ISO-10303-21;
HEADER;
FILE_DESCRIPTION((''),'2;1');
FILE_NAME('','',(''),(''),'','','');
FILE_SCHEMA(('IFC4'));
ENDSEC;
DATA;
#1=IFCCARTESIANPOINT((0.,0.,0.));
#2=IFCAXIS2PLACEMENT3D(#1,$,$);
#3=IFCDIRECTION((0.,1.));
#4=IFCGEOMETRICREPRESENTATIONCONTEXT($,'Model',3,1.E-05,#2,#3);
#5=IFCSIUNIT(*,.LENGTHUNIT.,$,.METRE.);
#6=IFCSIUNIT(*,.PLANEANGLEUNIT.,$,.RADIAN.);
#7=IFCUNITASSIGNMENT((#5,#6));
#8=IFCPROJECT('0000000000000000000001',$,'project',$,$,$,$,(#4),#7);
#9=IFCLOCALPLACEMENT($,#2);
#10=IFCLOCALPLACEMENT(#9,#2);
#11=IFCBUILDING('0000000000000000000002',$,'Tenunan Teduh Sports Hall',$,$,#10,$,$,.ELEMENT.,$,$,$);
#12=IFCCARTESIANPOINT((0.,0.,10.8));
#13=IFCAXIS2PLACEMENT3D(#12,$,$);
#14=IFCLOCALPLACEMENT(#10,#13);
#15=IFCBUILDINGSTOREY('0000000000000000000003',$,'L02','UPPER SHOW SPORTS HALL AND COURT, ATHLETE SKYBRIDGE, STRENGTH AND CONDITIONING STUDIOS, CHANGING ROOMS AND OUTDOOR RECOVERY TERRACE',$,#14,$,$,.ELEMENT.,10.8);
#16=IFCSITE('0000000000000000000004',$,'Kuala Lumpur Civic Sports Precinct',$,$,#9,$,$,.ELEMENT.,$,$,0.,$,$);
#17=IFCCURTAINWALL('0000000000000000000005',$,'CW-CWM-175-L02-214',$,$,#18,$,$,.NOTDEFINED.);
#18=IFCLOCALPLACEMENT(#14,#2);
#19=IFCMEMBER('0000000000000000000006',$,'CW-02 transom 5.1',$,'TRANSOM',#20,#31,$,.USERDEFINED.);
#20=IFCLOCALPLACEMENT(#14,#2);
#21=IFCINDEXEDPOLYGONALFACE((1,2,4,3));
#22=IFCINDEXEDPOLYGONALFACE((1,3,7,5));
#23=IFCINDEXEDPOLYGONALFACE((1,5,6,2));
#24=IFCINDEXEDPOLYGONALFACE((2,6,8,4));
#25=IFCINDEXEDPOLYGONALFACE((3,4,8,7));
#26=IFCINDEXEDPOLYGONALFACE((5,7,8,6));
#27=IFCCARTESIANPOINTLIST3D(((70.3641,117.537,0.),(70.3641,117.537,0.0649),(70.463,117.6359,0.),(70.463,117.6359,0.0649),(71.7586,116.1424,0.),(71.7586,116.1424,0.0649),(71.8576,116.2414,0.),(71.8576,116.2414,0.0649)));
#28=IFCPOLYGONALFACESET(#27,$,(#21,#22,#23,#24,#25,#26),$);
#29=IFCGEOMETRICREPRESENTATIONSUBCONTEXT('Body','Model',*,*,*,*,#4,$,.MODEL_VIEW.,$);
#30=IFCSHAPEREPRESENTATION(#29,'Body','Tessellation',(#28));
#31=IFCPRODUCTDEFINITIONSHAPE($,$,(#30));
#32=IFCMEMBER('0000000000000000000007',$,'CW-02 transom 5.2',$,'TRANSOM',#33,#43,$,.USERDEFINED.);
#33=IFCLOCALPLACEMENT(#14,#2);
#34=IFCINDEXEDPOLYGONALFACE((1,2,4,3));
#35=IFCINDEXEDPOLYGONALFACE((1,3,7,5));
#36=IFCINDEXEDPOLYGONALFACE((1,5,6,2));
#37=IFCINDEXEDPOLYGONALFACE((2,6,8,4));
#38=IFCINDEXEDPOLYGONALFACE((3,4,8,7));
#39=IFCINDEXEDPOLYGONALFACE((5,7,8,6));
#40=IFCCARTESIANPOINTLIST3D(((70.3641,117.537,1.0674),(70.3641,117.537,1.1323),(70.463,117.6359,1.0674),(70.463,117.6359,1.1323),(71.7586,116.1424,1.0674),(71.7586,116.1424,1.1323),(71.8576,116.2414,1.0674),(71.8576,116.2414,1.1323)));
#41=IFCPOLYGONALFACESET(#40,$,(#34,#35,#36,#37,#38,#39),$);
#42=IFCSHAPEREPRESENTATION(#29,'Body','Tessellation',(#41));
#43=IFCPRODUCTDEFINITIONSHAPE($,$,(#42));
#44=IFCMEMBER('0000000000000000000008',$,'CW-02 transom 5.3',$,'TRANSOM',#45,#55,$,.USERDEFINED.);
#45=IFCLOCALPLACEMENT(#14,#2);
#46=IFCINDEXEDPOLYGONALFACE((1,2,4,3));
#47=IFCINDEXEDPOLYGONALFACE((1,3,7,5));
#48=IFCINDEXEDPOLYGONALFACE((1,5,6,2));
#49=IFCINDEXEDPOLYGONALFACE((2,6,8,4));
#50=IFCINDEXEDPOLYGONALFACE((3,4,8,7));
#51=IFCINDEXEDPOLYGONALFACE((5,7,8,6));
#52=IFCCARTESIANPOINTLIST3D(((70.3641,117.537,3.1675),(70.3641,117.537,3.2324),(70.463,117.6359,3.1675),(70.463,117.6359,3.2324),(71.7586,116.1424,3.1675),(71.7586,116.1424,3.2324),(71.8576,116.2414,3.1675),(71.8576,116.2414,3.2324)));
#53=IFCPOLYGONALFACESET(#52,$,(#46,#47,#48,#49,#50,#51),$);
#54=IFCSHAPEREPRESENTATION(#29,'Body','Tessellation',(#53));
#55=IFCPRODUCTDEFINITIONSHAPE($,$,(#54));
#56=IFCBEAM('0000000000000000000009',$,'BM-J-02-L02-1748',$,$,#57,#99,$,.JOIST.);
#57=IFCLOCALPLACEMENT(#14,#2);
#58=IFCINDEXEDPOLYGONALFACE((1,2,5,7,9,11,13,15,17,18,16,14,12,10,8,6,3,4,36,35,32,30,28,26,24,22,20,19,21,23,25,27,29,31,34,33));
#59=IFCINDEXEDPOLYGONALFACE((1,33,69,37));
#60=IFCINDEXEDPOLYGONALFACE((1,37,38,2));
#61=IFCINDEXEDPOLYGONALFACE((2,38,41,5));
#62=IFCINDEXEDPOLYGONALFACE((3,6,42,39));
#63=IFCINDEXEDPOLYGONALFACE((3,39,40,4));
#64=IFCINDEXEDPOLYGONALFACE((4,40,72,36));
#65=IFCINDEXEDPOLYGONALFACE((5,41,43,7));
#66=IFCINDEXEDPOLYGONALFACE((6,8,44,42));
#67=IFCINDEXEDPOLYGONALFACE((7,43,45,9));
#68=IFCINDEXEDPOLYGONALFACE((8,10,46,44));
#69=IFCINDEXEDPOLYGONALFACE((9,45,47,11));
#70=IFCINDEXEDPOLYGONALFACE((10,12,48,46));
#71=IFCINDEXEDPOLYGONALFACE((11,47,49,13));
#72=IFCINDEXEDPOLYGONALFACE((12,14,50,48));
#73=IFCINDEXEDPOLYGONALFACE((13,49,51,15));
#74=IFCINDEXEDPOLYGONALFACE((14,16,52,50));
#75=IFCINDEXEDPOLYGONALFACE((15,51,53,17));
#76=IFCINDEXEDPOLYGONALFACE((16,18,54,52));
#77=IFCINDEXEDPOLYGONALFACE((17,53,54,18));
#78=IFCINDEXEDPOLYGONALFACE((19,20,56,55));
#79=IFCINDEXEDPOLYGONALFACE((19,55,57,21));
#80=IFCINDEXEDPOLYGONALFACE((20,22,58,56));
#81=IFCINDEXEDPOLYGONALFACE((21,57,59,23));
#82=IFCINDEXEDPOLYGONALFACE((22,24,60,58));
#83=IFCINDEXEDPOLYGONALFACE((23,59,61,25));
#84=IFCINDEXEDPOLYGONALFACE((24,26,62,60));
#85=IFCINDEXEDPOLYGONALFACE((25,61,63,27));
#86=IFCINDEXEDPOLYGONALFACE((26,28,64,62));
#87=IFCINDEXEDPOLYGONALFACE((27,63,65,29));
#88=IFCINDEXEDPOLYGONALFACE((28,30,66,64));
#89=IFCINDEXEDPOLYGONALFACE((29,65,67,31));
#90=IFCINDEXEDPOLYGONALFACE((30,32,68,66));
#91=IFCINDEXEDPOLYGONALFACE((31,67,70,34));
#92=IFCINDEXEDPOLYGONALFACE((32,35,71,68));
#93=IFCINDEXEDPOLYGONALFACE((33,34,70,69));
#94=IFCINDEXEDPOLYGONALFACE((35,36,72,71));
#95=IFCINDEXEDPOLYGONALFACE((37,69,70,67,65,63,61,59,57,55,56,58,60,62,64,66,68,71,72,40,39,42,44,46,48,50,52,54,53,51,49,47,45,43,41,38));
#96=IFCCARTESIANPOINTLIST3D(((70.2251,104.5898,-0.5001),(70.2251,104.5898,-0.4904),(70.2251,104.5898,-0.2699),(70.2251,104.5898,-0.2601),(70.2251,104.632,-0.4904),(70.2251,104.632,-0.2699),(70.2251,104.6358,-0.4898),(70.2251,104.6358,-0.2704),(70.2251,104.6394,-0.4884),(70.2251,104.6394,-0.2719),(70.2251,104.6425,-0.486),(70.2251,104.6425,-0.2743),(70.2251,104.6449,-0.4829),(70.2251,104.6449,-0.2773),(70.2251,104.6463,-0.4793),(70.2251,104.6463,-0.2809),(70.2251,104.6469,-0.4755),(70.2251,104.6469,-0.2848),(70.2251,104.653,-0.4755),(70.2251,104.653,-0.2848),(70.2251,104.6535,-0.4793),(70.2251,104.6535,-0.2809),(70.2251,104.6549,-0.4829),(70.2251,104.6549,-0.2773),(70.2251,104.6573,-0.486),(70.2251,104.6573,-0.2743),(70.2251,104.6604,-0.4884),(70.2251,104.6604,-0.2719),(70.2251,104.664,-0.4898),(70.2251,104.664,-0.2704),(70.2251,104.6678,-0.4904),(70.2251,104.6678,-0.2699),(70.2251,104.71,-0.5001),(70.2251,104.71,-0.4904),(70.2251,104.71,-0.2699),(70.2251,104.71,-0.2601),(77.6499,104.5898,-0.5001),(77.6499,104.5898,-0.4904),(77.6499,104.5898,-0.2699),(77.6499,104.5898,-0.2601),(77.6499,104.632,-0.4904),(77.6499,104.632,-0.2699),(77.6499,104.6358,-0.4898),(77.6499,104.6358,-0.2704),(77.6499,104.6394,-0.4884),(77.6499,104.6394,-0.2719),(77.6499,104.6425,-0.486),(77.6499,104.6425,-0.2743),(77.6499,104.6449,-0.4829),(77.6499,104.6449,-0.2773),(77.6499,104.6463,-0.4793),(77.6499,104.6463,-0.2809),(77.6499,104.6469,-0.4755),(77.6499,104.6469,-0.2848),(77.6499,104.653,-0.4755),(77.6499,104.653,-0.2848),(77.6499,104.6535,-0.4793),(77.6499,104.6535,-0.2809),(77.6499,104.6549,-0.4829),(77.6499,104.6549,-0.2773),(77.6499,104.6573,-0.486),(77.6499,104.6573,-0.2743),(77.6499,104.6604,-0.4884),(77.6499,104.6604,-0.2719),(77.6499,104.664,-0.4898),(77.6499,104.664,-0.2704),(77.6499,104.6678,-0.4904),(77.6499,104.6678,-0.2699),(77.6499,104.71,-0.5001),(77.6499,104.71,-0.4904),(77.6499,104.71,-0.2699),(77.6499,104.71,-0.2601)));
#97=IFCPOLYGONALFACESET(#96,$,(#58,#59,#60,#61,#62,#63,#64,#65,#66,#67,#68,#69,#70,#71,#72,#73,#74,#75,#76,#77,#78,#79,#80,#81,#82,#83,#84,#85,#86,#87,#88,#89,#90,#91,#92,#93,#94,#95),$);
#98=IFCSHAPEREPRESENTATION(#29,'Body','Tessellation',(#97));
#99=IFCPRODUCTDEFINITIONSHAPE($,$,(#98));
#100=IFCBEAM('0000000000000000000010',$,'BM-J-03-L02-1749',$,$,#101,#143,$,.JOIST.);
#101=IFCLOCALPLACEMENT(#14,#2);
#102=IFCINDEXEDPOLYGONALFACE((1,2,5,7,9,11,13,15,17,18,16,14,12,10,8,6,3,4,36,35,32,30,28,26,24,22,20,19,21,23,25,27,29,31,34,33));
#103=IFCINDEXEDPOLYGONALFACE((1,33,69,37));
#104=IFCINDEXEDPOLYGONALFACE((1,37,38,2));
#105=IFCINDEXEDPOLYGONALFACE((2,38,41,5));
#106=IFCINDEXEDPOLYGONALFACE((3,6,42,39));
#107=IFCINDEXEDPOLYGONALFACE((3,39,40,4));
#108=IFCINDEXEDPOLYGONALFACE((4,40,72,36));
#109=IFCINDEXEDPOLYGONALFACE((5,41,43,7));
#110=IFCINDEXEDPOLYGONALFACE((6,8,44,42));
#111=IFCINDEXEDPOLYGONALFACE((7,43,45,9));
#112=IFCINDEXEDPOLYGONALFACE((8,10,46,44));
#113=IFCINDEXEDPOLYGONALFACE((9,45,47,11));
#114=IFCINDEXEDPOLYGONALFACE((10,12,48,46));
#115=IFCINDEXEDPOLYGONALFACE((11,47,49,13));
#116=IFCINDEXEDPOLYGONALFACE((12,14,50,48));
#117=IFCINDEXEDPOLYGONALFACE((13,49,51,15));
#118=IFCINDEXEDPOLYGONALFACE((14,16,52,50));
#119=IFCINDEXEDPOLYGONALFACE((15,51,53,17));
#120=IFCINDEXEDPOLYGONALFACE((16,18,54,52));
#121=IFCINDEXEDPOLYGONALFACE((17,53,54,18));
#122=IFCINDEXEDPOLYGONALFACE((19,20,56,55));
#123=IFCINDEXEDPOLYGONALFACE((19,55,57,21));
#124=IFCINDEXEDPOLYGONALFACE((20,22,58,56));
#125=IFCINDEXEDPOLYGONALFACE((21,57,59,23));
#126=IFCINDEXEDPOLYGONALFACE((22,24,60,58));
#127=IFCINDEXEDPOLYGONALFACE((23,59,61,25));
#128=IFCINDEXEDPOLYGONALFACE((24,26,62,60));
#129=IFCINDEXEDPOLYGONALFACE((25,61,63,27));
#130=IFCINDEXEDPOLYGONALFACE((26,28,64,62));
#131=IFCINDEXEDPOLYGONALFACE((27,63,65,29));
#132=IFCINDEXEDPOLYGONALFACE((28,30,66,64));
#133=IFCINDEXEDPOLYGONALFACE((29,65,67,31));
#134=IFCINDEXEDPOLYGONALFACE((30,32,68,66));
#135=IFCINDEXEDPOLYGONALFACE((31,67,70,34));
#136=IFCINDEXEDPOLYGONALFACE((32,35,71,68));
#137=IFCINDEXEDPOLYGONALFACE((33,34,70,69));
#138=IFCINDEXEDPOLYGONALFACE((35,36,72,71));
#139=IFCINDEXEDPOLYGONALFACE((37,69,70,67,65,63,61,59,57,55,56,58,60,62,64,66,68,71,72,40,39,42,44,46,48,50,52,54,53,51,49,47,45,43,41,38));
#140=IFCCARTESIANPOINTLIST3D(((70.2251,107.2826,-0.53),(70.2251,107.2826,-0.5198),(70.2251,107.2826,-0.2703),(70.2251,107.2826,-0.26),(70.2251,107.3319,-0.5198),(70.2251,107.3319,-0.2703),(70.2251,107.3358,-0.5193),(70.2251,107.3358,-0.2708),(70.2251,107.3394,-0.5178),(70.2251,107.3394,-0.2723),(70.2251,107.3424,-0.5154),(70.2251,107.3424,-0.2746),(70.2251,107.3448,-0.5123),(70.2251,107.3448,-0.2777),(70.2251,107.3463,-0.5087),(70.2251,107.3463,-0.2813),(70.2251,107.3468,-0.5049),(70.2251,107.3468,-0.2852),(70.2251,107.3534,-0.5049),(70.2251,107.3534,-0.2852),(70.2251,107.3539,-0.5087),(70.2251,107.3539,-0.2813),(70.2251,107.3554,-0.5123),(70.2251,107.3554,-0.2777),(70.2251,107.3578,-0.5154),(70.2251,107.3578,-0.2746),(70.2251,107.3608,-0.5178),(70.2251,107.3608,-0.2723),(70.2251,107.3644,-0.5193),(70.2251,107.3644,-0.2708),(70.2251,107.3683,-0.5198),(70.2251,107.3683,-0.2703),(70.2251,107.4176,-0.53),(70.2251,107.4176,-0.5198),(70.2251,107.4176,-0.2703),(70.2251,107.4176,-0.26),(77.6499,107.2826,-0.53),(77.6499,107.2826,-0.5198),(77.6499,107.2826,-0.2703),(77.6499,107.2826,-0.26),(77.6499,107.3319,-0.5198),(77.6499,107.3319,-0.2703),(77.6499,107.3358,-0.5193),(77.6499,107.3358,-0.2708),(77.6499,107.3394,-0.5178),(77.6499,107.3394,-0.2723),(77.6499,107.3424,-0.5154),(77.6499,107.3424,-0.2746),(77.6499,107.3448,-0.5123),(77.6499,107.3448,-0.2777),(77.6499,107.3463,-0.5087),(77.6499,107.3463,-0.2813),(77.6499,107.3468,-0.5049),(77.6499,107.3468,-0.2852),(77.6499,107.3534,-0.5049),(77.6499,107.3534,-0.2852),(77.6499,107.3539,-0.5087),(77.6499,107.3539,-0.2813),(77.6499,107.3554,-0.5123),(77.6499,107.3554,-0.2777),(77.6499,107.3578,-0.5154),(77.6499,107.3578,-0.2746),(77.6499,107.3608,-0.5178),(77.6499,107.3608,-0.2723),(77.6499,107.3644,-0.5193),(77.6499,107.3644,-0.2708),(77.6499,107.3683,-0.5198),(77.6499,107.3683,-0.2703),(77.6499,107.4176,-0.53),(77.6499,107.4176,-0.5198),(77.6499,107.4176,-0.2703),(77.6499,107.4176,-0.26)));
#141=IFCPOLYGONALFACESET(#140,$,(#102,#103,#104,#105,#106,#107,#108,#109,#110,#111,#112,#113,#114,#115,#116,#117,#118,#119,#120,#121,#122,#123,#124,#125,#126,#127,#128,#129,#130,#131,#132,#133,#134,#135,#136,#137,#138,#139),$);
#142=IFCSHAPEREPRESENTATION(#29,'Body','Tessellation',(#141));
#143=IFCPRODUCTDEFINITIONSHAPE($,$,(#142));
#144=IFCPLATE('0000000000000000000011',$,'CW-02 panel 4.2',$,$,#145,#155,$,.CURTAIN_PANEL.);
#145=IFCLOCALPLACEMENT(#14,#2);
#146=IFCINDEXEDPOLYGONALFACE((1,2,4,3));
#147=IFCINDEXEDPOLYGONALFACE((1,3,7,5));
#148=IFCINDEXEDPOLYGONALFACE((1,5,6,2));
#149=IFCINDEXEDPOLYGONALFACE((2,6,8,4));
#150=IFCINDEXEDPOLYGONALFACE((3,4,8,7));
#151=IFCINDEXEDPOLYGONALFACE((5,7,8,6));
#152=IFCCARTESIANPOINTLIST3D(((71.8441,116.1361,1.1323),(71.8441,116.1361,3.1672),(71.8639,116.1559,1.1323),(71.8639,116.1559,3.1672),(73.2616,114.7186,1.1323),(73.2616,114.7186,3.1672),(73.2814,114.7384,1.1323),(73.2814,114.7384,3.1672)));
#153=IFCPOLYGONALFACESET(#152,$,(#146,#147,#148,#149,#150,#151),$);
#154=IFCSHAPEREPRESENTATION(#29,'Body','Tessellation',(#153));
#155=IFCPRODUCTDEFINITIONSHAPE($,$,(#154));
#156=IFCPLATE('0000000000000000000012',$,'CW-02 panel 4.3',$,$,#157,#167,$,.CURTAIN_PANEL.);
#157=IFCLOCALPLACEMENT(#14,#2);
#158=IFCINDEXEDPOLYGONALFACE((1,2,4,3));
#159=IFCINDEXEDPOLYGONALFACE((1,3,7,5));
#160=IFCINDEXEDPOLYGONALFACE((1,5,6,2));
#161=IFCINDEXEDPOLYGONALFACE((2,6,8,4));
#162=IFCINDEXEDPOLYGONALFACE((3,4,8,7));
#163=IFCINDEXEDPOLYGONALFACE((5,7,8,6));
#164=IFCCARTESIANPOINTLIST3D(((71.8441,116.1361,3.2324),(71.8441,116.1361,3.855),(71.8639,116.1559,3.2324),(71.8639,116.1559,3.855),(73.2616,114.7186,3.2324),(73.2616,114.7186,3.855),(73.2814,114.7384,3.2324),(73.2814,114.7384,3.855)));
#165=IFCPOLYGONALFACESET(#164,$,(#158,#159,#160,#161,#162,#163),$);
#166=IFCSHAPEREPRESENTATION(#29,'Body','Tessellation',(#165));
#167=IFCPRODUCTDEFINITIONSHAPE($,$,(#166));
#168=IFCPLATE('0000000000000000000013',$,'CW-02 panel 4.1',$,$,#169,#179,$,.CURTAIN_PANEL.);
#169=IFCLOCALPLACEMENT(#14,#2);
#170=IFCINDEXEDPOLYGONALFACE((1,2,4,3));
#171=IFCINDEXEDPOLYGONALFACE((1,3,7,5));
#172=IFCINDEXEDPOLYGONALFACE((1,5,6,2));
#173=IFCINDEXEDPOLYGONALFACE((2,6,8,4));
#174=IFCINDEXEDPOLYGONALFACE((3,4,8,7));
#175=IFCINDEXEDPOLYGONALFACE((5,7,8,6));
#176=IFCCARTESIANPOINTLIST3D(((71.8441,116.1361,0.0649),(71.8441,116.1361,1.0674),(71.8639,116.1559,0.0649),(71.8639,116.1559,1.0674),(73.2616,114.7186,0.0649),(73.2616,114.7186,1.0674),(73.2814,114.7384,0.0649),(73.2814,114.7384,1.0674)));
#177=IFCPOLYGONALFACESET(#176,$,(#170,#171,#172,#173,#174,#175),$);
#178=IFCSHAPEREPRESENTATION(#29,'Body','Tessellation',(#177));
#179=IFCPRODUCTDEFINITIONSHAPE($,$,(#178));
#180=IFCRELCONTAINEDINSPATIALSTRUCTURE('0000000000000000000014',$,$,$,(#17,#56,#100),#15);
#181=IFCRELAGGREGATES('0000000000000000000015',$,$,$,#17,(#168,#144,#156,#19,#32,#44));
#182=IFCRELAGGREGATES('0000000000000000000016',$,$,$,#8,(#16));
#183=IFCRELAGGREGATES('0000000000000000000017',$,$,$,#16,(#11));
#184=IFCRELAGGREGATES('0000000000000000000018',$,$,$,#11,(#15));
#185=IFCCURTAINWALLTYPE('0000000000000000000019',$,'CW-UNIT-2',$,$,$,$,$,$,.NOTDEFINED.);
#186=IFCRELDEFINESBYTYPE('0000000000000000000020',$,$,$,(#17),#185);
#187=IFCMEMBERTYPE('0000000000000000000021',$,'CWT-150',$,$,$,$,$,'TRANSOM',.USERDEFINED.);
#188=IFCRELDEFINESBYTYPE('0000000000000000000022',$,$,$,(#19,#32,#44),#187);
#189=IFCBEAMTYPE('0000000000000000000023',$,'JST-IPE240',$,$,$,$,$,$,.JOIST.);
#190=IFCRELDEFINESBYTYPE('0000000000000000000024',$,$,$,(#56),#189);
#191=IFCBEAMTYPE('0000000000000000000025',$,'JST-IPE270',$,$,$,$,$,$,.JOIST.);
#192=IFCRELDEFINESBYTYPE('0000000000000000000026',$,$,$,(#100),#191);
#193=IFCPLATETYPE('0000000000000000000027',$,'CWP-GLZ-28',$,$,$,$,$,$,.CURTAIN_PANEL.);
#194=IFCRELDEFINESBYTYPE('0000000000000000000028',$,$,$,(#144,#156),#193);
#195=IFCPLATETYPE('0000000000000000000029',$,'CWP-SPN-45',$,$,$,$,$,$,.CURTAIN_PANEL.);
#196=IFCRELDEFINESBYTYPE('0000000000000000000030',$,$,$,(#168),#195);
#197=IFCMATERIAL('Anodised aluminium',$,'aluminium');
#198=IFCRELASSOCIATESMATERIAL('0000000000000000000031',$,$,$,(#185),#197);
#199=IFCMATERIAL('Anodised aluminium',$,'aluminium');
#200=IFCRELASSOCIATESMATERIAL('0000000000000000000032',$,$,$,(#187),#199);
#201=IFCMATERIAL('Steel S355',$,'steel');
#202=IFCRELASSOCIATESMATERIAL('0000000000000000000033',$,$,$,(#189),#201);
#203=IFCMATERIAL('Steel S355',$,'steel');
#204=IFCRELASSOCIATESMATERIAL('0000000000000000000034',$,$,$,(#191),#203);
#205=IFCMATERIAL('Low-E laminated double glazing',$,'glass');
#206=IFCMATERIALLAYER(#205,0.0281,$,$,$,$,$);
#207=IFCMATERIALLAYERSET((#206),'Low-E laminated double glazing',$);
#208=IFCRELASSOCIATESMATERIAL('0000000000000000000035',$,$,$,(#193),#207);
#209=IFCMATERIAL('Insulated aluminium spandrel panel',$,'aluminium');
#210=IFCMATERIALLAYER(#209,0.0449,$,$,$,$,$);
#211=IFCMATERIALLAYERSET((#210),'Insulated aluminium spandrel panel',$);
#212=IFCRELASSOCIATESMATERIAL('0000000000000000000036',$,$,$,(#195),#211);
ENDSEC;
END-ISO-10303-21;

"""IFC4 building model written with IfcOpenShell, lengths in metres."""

from ifc_helpers import new_model, si_unit, direction, frame, origin, origin_2d, place, context, subcontext, project, spatial, rectangle, i_section, extrude, material, layer, layer_set, material_profile, profile_set, type_object, element, aggregate, save


model = new_model("IFC4")

# Units and contexts
model_context = context("Model", 3, precision=1e-05, world=origin(), true_north=direction((0.0, 1.0)))
body_context = subcontext(model_context, "Body", "Model", "MODEL_VIEW")
ifc_project = project(units=[si_unit("LENGTHUNIT", "METRE"), si_unit("PLANEANGLEUNIT", "RADIAN")], contexts=[model_context])

# Site, building, storey
site_placement = place(None, origin())
site = spatial("IfcSite", under=ifc_project, at=site_placement, Name="Kuala Lumpur Civic Sports Precinct", CompositionType="ELEMENT", RefElevation=0.0)
building_placement = place(site_placement, origin())
building = spatial("IfcBuilding", under=site, at=building_placement, Name="Tenunan Teduh Sports Hall", CompositionType="ELEMENT")
storey_placement = place(building_placement, frame((0.0, 0.0, 10.8)))
storey = spatial("IfcBuildingStorey", under=building, at=storey_placement, Name="L02", Description="UPPER SHOW SPORTS HALL AND COURT, ATHLETE SKYBRIDGE, STRENGTH AND CONDITIONING STUDIOS, CHANGING ROOMS AND OUTDOOR RECOVERY TERRACE", CompositionType="ELEMENT", Elevation=10.8)

# Curtain wall, members
ifc_material_1 = material(Name="Anodised aluminium", Category="aluminium")
curtain_wall_type = type_object("IfcCurtainWallType", Name="CW-UNIT-2", PredefinedType="NOTDEFINED", material=ifc_material_1)
curtain_wall_placement = place(storey_placement, origin())
curtain_wall = element("IfcCurtainWall", 1, at=curtain_wall_placement, inside=storey, type_object=curtain_wall_type, Name="CW-CWM-175-L02-214", PredefinedType="NOTDEFINED")
ifc_material_2 = material(Name="Anodised aluminium", Category="aluminium")
ifc_material_profile_1 = material_profile(ifc_material_2, rectangle(XDim=0.0649, YDim=0.1399, at=origin_2d()), Name="CWT 65x140")
ifc_profile_set_1 = profile_set([ifc_material_profile_1], Name="Anodised aluminium")
member_type_1 = type_object("IfcMemberType", Name="CWT-150", ElementType="TRANSOM", PredefinedType="USERDEFINED", material=ifc_profile_set_1)
member_1_placement = place(storey_placement, frame((71.8081, 116.1919, 0.0325), z_axis=(-0.707107, 0.707107, 0.0), x_axis=(0.0, 0.0, 1.0)))
member_1 = element("IfcMember", 2, at=member_1_placement, type_object=member_type_1, Name="CW-02 transom 5.1", ObjectType="TRANSOM", PredefinedType="USERDEFINED", context=body_context, shape_type="SweptSolid", body=[
    extrude(rectangle(XDim=0.0649, YDim=0.1399, at=origin_2d()), origin(), (0.0, 0.0, 1.0), 1.9722),
])
member_2_placement = place(storey_placement, frame((71.8081, 116.1919, 1.0999), z_axis=(-0.707107, 0.707107, 0.0), x_axis=(0.0, 0.0, 1.0)))
member_2 = element("IfcMember", 3, at=member_2_placement, type_object=member_type_1, Name="CW-02 transom 5.2", ObjectType="TRANSOM", PredefinedType="USERDEFINED", context=body_context, shape_type="SweptSolid", body=[
    extrude(rectangle(XDim=0.0649, YDim=0.1399, at=origin_2d()), origin(), (0.0, 0.0, 1.0), 1.9722),
])
member_3_placement = place(storey_placement, frame((71.8081, 116.1919, 3.2), z_axis=(-0.707107, 0.707107, 0.0), x_axis=(0.0, 0.0, 1.0)))
member_3 = element("IfcMember", 4, at=member_3_placement, type_object=member_type_1, Name="CW-02 transom 5.3", ObjectType="TRANSOM", PredefinedType="USERDEFINED", context=body_context, shape_type="SweptSolid", body=[
    extrude(rectangle(XDim=0.0649, YDim=0.1399, at=origin_2d()), origin(), (0.0, 0.0, 1.0), 1.9722),
])

# Beams
ifc_material_3 = material(Name="Steel S355", Category="steel")
ifc_material_profile_2 = material_profile(ifc_material_3, i_section(OverallWidth=0.1201, OverallDepth=0.24, WebThickness=0.0061, FlangeThickness=0.0098, FilletRadius=0.0149, at=origin_2d()), Name="IPE 240")
ifc_profile_set_2 = profile_set([ifc_material_profile_2], Name="Steel S355")
beam_type_1 = type_object("IfcBeamType", Name="JST-IPE240", PredefinedType="JOIST", material=ifc_profile_set_2)
beam_1_placement = place(storey_placement, frame((70.2251, 104.6499, -0.3801), z_axis=(1.0, 0.0, 0.0), x_axis=(0.0, 1.0, 0.0)))
element("IfcBeam", 5, at=beam_1_placement, inside=storey, type_object=beam_type_1, Name="BM-J-02-L02-1748", PredefinedType="JOIST", context=body_context, shape_type="SweptSolid", body=[
    extrude(i_section(OverallWidth=0.1201, OverallDepth=0.24, WebThickness=0.0061, FlangeThickness=0.0098, FilletRadius=0.0149, at=origin_2d()), origin(), (0.0, 0.0, 1.0), 7.4248),
])
ifc_material_4 = material(Name="Steel S355", Category="steel")
ifc_material_profile_3 = material_profile(ifc_material_4, i_section(OverallWidth=0.135, OverallDepth=0.27, WebThickness=0.0066, FlangeThickness=0.0103, FilletRadius=0.0149, at=origin_2d()), Name="IPE 270")
ifc_profile_set_3 = profile_set([ifc_material_profile_3], Name="Steel S355")
beam_type_2 = type_object("IfcBeamType", Name="JST-IPE270", PredefinedType="JOIST", material=ifc_profile_set_3)
beam_2_placement = place(storey_placement, frame((70.2251, 107.3501, -0.395), z_axis=(1.0, 0.0, 0.0), x_axis=(0.0, 1.0, 0.0)))
element("IfcBeam", 6, at=beam_2_placement, inside=storey, type_object=beam_type_2, Name="BM-J-03-L02-1749", PredefinedType="JOIST", context=body_context, shape_type="SweptSolid", body=[
    extrude(i_section(OverallWidth=0.135, OverallDepth=0.27, WebThickness=0.0066, FlangeThickness=0.0103, FilletRadius=0.0149, at=origin_2d()), origin(), (0.0, 0.0, 1.0), 7.4248),
])

# Plates
ifc_material_5 = material(Name="Low-E laminated double glazing", Category="glass")
ifc_layer_1 = layer(ifc_material_5, 0.0281)
ifc_layer_set_1 = layer_set([ifc_layer_1], Name="Low-E laminated double glazing")
plate_type_1 = type_object("IfcPlateType", Name="CWP-GLZ-28", PredefinedType="CURTAIN_PANEL", material=ifc_layer_set_1)
plate_1_placement = place(storey_placement, frame((72.5627, 115.4373, 1.1323), z_axis=(0.0, 0.0, 1.0), x_axis=(-0.707107, 0.707107, 0.0)))
plate_1 = element("IfcPlate", 7, at=plate_1_placement, type_object=plate_type_1, Name="CW-02 panel 4.2", PredefinedType="CURTAIN_PANEL", context=body_context, shape_type="SweptSolid", body=[
    extrude(rectangle(XDim=2.0046, YDim=0.0281, at=origin_2d()), origin(), (0.0, 0.0, 1.0), 2.0349),
])
plate_2_placement = place(storey_placement, frame((72.5627, 115.4373, 3.2324), z_axis=(0.0, 0.0, 1.0), x_axis=(-0.707107, 0.707107, 0.0)))
plate_2 = element("IfcPlate", 8, at=plate_2_placement, type_object=plate_type_1, Name="CW-02 panel 4.3", PredefinedType="CURTAIN_PANEL", context=body_context, shape_type="SweptSolid", body=[
    extrude(rectangle(XDim=2.0046, YDim=0.0281, at=origin_2d()), origin(), (0.0, 0.0, 1.0), 0.6226),
])
ifc_material_6 = material(Name="Insulated aluminium spandrel panel", Category="aluminium")
ifc_layer_2 = layer(ifc_material_6, 0.0449)
ifc_layer_set_2 = layer_set([ifc_layer_2], Name="Insulated aluminium spandrel panel")
plate_type_2 = type_object("IfcPlateType", Name="CWP-SPN-45", PredefinedType="CURTAIN_PANEL", material=ifc_layer_set_2)
plate_3_placement = place(storey_placement, frame((72.5627, 115.4373, 0.0649), z_axis=(0.0, 0.0, 1.0), x_axis=(-0.707107, 0.707107, 0.0)))
plate_3 = element("IfcPlate", 9, at=plate_3_placement, type_object=plate_type_2, Name="CW-02 panel 4.1", PredefinedType="CURTAIN_PANEL", context=body_context, shape_type="SweptSolid", body=[
    extrude(rectangle(XDim=2.0046, YDim=0.0281, at=origin_2d()), origin(), (0.0, 0.0, 1.0), 1.0024),
])
aggregate(curtain_wall, [plate_3, plate_1, plate_2, member_1, member_2, member_3])

save(model, "model.ifc")
